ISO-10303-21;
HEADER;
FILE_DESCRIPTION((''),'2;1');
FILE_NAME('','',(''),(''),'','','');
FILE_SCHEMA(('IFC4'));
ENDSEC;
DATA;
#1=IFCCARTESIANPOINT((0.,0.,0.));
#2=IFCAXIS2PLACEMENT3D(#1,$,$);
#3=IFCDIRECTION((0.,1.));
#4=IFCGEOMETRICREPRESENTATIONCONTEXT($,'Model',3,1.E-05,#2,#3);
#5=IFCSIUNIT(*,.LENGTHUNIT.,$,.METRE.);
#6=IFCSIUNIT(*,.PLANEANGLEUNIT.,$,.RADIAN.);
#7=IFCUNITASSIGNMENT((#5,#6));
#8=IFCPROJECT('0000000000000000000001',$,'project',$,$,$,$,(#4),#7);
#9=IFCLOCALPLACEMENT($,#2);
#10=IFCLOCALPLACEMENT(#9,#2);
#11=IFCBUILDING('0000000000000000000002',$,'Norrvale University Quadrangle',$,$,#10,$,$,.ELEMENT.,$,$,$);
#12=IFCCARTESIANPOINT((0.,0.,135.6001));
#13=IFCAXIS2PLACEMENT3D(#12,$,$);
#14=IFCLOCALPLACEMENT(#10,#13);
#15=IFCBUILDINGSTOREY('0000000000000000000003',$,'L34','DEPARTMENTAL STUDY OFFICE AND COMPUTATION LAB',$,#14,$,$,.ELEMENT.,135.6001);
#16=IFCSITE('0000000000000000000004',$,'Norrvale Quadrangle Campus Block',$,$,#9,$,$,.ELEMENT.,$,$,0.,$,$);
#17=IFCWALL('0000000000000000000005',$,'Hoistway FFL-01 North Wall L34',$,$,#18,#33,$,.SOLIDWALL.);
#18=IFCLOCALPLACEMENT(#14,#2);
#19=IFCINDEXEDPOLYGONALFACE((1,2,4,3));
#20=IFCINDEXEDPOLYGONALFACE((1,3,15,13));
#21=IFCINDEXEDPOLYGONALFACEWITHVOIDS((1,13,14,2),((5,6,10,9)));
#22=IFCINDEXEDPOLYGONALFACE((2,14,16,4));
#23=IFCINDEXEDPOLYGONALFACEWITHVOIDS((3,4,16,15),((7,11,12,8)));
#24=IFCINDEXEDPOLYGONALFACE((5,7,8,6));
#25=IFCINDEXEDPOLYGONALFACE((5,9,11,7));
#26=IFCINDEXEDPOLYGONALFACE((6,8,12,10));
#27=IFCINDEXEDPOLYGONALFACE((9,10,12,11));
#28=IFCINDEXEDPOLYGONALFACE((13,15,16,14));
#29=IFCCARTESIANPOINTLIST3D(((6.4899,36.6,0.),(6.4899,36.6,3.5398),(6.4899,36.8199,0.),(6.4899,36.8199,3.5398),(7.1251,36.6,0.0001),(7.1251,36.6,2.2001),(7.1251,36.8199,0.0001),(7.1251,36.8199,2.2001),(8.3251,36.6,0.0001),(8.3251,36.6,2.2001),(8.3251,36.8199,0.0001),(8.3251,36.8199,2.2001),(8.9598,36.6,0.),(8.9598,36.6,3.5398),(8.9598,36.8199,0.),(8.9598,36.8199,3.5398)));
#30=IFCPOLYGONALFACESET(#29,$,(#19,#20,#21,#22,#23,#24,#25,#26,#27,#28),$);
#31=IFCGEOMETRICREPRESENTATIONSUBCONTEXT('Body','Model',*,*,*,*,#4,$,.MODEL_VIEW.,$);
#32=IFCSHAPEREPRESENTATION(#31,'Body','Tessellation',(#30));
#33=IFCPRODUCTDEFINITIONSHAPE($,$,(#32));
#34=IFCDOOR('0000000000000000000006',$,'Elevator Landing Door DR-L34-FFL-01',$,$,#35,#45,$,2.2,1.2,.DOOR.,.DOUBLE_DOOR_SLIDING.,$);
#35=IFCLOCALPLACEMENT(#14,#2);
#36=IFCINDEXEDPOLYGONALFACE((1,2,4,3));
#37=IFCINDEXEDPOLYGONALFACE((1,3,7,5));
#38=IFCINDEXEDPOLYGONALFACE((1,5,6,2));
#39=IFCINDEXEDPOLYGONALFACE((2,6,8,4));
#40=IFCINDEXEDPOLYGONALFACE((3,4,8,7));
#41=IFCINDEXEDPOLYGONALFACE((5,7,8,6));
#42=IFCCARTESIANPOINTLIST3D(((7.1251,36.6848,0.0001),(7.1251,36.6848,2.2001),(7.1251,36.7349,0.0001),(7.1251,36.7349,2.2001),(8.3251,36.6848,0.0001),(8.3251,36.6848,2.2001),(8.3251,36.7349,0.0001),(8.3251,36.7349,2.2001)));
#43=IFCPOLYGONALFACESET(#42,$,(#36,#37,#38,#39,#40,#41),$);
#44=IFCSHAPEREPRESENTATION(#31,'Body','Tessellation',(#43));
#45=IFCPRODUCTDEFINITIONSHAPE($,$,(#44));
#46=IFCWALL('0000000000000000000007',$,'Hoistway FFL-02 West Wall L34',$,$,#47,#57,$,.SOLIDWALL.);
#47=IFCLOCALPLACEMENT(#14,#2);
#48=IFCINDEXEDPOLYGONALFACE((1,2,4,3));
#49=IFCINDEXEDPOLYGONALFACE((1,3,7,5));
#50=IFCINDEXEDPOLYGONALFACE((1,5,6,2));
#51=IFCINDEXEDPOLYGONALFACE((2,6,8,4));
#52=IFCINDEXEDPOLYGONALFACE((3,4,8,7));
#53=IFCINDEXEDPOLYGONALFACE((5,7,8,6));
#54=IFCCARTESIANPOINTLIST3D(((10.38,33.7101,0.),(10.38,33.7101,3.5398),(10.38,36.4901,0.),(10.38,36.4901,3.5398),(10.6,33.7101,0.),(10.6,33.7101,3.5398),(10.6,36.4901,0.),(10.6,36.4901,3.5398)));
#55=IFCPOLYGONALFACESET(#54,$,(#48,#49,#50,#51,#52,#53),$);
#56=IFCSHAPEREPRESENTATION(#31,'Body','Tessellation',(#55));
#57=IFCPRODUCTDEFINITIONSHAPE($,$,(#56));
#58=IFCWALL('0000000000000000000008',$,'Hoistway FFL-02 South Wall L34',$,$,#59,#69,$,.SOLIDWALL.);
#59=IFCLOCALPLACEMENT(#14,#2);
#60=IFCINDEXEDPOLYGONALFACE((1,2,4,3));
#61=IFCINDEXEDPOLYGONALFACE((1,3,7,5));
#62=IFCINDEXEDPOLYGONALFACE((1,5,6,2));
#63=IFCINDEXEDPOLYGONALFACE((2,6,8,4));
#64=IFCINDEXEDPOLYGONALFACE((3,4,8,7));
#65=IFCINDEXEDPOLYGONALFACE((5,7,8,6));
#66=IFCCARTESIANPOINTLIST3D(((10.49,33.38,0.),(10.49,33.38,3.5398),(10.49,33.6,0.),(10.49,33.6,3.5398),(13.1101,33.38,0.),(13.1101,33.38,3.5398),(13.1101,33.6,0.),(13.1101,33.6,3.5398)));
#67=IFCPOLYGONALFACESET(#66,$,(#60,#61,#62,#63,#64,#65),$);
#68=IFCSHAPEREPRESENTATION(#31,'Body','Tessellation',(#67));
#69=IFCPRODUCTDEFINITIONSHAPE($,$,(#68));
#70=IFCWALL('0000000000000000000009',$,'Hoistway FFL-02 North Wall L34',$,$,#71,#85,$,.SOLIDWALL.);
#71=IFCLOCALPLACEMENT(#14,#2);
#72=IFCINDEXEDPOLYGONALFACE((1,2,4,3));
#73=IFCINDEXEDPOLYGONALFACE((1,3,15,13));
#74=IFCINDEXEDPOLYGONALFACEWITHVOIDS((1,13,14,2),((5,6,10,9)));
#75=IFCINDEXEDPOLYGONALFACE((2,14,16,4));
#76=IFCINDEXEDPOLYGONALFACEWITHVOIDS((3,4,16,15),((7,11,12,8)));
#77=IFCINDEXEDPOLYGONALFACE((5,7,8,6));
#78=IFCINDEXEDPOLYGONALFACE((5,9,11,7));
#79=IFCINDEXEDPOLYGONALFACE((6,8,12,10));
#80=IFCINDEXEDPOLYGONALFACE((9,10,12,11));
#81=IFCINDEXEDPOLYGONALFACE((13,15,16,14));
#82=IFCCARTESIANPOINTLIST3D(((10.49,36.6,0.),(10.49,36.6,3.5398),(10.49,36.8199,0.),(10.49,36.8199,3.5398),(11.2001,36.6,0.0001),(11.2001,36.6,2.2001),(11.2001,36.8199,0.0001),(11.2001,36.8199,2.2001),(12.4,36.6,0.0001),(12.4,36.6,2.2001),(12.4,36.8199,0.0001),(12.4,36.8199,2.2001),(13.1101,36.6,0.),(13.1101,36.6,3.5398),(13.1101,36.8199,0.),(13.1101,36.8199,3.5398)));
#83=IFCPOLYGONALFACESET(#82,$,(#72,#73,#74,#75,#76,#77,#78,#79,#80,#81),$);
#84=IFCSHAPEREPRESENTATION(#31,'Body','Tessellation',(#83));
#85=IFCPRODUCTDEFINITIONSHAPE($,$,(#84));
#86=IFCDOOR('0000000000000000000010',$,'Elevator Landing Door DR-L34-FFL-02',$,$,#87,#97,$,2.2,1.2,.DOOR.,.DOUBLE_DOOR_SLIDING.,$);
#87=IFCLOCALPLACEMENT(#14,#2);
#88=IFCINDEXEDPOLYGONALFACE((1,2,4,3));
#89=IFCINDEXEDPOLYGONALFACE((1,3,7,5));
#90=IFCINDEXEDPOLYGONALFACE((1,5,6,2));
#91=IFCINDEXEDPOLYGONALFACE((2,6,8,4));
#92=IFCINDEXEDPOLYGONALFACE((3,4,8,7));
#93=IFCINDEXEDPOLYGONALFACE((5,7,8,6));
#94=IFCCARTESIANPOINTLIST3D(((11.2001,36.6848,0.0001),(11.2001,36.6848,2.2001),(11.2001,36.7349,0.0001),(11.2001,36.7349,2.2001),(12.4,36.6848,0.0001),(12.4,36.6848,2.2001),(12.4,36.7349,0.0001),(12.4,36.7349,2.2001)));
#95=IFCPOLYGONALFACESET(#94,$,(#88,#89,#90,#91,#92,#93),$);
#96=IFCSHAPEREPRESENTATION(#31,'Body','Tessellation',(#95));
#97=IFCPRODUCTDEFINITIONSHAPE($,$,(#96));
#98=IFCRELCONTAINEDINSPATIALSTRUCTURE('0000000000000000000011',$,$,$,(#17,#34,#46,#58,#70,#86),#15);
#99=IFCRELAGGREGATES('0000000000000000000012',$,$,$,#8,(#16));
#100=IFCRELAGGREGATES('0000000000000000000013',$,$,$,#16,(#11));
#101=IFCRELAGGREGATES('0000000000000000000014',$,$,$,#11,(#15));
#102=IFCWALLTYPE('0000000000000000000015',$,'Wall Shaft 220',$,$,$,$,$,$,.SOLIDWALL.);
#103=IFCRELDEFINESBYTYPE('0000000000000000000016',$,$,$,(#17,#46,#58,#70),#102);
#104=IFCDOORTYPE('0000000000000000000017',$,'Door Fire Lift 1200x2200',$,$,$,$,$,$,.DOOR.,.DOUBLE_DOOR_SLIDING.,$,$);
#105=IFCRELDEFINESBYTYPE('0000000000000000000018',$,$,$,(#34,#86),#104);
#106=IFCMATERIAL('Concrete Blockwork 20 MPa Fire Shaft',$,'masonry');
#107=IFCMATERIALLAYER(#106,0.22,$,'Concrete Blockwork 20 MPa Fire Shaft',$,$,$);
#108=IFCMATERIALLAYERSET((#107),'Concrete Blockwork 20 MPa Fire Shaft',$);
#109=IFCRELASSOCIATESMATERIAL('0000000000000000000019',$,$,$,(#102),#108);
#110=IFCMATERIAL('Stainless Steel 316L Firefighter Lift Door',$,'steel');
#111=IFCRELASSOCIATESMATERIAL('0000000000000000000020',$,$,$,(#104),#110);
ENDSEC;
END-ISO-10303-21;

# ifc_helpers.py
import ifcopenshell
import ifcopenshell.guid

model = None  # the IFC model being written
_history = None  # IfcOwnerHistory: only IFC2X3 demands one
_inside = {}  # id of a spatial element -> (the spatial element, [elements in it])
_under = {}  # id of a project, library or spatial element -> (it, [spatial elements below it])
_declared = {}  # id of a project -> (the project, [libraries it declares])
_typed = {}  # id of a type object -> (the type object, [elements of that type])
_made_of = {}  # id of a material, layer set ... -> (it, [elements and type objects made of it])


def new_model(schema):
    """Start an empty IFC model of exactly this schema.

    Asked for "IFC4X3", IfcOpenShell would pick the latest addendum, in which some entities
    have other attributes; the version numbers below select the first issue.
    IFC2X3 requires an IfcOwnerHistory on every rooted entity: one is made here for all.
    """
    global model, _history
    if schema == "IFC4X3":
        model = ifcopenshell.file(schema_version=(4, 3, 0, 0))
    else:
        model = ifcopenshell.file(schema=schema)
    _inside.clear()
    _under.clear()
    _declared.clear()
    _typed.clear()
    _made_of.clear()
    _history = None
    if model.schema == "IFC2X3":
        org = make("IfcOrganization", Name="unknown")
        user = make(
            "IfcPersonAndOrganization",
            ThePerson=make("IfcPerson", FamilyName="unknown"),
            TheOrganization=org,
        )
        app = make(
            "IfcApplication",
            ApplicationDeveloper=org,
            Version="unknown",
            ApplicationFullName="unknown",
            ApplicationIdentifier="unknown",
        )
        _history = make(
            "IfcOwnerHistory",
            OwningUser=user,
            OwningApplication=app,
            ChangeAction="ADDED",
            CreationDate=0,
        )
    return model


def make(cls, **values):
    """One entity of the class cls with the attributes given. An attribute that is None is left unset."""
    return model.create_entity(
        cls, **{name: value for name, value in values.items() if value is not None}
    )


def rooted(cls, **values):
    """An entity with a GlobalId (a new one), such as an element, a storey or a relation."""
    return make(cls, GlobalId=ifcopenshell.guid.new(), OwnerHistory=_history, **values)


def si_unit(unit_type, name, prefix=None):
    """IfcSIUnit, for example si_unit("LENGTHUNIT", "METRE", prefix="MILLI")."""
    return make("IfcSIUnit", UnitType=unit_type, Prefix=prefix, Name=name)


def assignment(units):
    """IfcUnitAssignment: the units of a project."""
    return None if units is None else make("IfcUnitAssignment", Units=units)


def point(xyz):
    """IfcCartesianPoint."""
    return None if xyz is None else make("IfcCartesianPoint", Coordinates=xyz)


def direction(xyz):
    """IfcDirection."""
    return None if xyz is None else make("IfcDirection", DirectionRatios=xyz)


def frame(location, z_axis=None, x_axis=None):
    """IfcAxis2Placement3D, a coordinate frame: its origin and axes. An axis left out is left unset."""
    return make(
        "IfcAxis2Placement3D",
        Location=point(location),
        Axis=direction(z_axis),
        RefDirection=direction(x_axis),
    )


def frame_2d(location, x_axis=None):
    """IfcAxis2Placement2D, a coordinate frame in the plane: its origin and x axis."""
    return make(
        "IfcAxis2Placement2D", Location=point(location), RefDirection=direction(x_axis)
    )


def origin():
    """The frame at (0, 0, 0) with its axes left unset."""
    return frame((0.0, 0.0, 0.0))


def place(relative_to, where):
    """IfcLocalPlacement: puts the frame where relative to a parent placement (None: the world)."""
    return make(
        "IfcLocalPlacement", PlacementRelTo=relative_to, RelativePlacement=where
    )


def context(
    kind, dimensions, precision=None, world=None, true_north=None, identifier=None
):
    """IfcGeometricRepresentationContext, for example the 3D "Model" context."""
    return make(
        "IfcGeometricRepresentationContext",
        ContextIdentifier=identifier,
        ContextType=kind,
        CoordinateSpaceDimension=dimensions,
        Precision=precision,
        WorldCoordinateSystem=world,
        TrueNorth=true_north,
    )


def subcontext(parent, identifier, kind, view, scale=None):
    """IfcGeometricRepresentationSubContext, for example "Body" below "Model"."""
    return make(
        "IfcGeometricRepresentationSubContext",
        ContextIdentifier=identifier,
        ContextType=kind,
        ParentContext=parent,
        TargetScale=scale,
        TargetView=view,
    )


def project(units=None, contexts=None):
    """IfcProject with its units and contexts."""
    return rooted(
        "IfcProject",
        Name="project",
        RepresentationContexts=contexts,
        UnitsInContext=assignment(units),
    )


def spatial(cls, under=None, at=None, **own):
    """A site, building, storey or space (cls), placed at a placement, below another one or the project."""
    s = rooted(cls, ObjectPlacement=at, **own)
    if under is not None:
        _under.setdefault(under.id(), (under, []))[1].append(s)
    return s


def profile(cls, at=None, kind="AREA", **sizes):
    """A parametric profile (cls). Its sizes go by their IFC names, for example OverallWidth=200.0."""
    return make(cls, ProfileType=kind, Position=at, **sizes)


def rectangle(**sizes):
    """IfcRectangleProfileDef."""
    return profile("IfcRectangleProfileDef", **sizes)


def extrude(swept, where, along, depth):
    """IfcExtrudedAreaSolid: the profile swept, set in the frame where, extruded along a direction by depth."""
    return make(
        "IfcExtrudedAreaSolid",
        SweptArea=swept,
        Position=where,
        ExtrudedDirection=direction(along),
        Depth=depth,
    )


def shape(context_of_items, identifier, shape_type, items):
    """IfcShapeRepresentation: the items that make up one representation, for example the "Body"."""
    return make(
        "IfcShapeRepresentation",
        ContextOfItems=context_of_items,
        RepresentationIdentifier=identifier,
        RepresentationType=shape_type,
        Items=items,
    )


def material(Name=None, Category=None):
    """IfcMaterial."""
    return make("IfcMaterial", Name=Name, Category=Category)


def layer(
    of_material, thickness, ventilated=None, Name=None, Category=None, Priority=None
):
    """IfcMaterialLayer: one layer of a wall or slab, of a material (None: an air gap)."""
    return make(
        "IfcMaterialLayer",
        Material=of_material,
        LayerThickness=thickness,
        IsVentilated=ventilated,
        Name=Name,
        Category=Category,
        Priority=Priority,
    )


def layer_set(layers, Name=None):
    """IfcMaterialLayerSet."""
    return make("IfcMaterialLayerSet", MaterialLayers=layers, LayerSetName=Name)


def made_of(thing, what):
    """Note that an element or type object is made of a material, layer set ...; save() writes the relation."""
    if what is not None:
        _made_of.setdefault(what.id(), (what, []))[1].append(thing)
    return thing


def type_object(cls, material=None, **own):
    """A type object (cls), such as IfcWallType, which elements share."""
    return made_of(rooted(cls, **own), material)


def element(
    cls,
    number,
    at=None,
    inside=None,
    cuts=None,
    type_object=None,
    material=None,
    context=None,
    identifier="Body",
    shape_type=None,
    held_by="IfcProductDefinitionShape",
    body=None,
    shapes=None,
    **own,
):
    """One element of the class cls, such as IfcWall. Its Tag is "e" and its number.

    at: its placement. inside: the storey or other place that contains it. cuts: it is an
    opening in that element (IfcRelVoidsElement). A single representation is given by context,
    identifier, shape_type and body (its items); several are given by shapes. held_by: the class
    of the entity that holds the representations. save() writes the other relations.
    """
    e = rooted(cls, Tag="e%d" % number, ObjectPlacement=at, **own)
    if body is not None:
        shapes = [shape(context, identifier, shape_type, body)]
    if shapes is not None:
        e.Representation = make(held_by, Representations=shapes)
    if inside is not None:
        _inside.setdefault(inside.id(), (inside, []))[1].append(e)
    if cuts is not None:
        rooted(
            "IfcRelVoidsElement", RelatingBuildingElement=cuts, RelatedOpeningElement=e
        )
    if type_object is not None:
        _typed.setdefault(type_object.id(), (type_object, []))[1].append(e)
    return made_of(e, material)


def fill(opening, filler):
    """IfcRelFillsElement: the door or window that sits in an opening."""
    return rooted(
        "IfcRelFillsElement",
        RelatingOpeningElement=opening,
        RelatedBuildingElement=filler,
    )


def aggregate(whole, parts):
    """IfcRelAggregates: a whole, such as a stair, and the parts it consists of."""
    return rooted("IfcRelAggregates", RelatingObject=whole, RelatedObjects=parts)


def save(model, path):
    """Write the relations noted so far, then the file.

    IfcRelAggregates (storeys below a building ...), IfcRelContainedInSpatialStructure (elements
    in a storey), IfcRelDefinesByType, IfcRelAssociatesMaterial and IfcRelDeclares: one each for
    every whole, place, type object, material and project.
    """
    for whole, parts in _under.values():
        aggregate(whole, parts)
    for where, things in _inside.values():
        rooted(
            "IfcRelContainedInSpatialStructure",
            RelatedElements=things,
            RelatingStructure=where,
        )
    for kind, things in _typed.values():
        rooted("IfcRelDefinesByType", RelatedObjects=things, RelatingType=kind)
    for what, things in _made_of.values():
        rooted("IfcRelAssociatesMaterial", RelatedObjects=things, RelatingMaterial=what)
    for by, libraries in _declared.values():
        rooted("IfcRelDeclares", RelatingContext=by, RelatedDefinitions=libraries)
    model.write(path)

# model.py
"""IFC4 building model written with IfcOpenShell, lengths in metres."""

from ifc_helpers import new_model, si_unit, direction, frame, frame_2d, origin, place, context, subcontext, project, spatial, rectangle, extrude, material, layer, layer_set, type_object, element, fill, save


model = new_model("IFC4")

# Units and contexts
model_context = context("Model", 3, precision=1e-05, world=origin(), true_north=direction((0.0, 1.0)))
body_context = subcontext(model_context, "Body", "Model", "MODEL_VIEW")
ifc_project = project(units=[si_unit("LENGTHUNIT", "METRE"), si_unit("PLANEANGLEUNIT", "RADIAN")], contexts=[model_context])

# Site, building, storey
site_placement = place(None, origin())
site = spatial("IfcSite", under=ifc_project, at=site_placement, Name="Norrvale Quadrangle Campus Block", CompositionType="ELEMENT", RefElevation=0.0)
building_placement = place(site_placement, origin())
building = spatial("IfcBuilding", under=site, at=building_placement, Name="Norrvale University Quadrangle", CompositionType="ELEMENT")
storey_placement = place(building_placement, frame((0.0, 0.0, 135.6001)))
storey = spatial("IfcBuildingStorey", under=building, at=storey_placement, Name="L34", Description="DEPARTMENTAL STUDY OFFICE AND COMPUTATION LAB", CompositionType="ELEMENT", Elevation=135.6001)

# Shared definitions
ifc_material_1 = material(Name="Concrete Blockwork 20 MPa Fire Shaft", Category="masonry")
ifc_layer_1 = layer(ifc_material_1, 0.22, Name="Concrete Blockwork 20 MPa Fire Shaft")
ifc_layer_set_1 = layer_set([ifc_layer_1], Name="Concrete Blockwork 20 MPa Fire Shaft")
wall_type_1 = type_object("IfcWallType", Name="Wall Shaft 220", PredefinedType="SOLIDWALL", material=ifc_layer_set_1)

# Wall, opening, door
wall_1_placement = place(storey_placement, frame((6.49, 36.71, 0.0), z_axis=(0.0, 0.0, 1.0), x_axis=(1.0, 0.0, 0.0)))
wall_1 = element("IfcWall", 1, at=wall_1_placement, inside=storey, type_object=wall_type_1, Name="Hoistway FFL-01 North Wall L34", PredefinedType="SOLIDWALL", context=body_context, shape_type="SweptSolid", body=[
    extrude(rectangle(XDim=2.47, YDim=0.22, at=frame_2d((1.2349, 0.0))), origin(), (0.0, 0.0, 1.0), 3.5398),
])
opening_1_placement = place(wall_1_placement, frame((0.635, 0.0, 0.0)))
opening_1 = element("IfcOpeningElement", 2, at=opening_1_placement, cuts=wall_1, PredefinedType="OPENING", context=body_context, shape_type="SweptSolid", body=[
    extrude(rectangle(XDim=1.2, YDim=2.2, at=frame_2d((0.6001, 1.1001))), frame((0.0, 0.1221, 0.0), z_axis=(0.0, -1.0, 0.0), x_axis=(1.0, 0.0, 0.0)), (0.0, 0.0, 1.0), 0.2439),
])
ifc_material_2 = material(Name="Stainless Steel 316L Firefighter Lift Door", Category="steel")
door_type_1 = type_object("IfcDoorType", Name="Door Fire Lift 1200x2200", OperationType="DOUBLE_DOOR_SLIDING", PredefinedType="DOOR", material=ifc_material_2)
door_1_placement = place(opening_1_placement, origin())
door_1 = element("IfcDoor", 3, at=door_1_placement, inside=storey, type_object=door_type_1, Name="Elevator Landing Door DR-L34-FFL-01", OperationType="DOUBLE_DOOR_SLIDING", OverallHeight=2.2, OverallWidth=1.2, PredefinedType="DOOR", context=body_context, shape_type="SweptSolid", body=[
    extrude(rectangle(XDim=1.2, YDim=2.2, at=frame_2d((0.6001, 1.1001))), frame((0.0, 0.0249, 0.0), z_axis=(0.0, -1.0, 0.0), x_axis=(1.0, 0.0, 0.0)), (0.0, 0.0, 1.0), 0.05),
])
fill(opening_1, door_1)

# Walls
wall_2_placement = place(storey_placement, frame((10.49, 33.71, 0.0), z_axis=(0.0, 0.0, 1.0), x_axis=(0.0, 1.0, 0.0)))
element("IfcWall", 4, at=wall_2_placement, inside=storey, type_object=wall_type_1, Name="Hoistway FFL-02 West Wall L34", PredefinedType="SOLIDWALL", context=body_context, shape_type="SweptSolid", body=[
    extrude(rectangle(XDim=2.78, YDim=0.22, at=frame_2d((1.3901, 0.0))), origin(), (0.0, 0.0, 1.0), 3.5398),
])
wall_3_placement = place(storey_placement, frame((10.49, 33.49, 0.0), z_axis=(0.0, 0.0, 1.0), x_axis=(1.0, 0.0, 0.0)))
element("IfcWall", 5, at=wall_3_placement, inside=storey, type_object=wall_type_1, Name="Hoistway FFL-02 South Wall L34", PredefinedType="SOLIDWALL", context=body_context, shape_type="SweptSolid", body=[
    extrude(rectangle(XDim=2.6201, YDim=0.22, at=frame_2d((1.3101, 0.0))), origin(), (0.0, 0.0, 1.0), 3.5398),
])

# Wall, opening, door
wall_4_placement = place(storey_placement, frame((10.49, 36.71, 0.0), z_axis=(0.0, 0.0, 1.0), x_axis=(1.0, 0.0, 0.0)))
wall_4 = element("IfcWall", 6, at=wall_4_placement, inside=storey, type_object=wall_type_1, Name="Hoistway FFL-02 North Wall L34", PredefinedType="SOLIDWALL", context=body_context, shape_type="SweptSolid", body=[
    extrude(rectangle(XDim=2.6201, YDim=0.22, at=frame_2d((1.3101, 0.0))), origin(), (0.0, 0.0, 1.0), 3.5398),
])
opening_2_placement = place(wall_4_placement, frame((0.71, 0.0, 0.0)))
opening_2 = element("IfcOpeningElement", 7, at=opening_2_placement, cuts=wall_4, PredefinedType="OPENING", context=body_context, shape_type="SweptSolid", body=[
    extrude(rectangle(XDim=1.2, YDim=2.2, at=frame_2d((0.6001, 1.1001))), frame((0.0, 0.1221, 0.0), z_axis=(0.0, -1.0, 0.0), x_axis=(1.0, 0.0, 0.0)), (0.0, 0.0, 1.0), 0.2439),
])
door_2_placement = place(opening_2_placement, origin())
door_2 = element("IfcDoor", 8, at=door_2_placement, inside=storey, type_object=door_type_1, Name="Elevator Landing Door DR-L34-FFL-02", OperationType="DOUBLE_DOOR_SLIDING", OverallHeight=2.2, OverallWidth=1.2, PredefinedType="DOOR", context=body_context, shape_type="SweptSolid", body=[
    extrude(rectangle(XDim=1.2, YDim=2.2, at=frame_2d((0.6001, 1.1001))), frame((0.0, 0.0249, 0.0), z_axis=(0.0, -1.0, 0.0), x_axis=(1.0, 0.0, 0.0)), (0.0, 0.0, 1.0), 0.05),
])
fill(opening_2, door_2)

save(model, "model.ifc")
